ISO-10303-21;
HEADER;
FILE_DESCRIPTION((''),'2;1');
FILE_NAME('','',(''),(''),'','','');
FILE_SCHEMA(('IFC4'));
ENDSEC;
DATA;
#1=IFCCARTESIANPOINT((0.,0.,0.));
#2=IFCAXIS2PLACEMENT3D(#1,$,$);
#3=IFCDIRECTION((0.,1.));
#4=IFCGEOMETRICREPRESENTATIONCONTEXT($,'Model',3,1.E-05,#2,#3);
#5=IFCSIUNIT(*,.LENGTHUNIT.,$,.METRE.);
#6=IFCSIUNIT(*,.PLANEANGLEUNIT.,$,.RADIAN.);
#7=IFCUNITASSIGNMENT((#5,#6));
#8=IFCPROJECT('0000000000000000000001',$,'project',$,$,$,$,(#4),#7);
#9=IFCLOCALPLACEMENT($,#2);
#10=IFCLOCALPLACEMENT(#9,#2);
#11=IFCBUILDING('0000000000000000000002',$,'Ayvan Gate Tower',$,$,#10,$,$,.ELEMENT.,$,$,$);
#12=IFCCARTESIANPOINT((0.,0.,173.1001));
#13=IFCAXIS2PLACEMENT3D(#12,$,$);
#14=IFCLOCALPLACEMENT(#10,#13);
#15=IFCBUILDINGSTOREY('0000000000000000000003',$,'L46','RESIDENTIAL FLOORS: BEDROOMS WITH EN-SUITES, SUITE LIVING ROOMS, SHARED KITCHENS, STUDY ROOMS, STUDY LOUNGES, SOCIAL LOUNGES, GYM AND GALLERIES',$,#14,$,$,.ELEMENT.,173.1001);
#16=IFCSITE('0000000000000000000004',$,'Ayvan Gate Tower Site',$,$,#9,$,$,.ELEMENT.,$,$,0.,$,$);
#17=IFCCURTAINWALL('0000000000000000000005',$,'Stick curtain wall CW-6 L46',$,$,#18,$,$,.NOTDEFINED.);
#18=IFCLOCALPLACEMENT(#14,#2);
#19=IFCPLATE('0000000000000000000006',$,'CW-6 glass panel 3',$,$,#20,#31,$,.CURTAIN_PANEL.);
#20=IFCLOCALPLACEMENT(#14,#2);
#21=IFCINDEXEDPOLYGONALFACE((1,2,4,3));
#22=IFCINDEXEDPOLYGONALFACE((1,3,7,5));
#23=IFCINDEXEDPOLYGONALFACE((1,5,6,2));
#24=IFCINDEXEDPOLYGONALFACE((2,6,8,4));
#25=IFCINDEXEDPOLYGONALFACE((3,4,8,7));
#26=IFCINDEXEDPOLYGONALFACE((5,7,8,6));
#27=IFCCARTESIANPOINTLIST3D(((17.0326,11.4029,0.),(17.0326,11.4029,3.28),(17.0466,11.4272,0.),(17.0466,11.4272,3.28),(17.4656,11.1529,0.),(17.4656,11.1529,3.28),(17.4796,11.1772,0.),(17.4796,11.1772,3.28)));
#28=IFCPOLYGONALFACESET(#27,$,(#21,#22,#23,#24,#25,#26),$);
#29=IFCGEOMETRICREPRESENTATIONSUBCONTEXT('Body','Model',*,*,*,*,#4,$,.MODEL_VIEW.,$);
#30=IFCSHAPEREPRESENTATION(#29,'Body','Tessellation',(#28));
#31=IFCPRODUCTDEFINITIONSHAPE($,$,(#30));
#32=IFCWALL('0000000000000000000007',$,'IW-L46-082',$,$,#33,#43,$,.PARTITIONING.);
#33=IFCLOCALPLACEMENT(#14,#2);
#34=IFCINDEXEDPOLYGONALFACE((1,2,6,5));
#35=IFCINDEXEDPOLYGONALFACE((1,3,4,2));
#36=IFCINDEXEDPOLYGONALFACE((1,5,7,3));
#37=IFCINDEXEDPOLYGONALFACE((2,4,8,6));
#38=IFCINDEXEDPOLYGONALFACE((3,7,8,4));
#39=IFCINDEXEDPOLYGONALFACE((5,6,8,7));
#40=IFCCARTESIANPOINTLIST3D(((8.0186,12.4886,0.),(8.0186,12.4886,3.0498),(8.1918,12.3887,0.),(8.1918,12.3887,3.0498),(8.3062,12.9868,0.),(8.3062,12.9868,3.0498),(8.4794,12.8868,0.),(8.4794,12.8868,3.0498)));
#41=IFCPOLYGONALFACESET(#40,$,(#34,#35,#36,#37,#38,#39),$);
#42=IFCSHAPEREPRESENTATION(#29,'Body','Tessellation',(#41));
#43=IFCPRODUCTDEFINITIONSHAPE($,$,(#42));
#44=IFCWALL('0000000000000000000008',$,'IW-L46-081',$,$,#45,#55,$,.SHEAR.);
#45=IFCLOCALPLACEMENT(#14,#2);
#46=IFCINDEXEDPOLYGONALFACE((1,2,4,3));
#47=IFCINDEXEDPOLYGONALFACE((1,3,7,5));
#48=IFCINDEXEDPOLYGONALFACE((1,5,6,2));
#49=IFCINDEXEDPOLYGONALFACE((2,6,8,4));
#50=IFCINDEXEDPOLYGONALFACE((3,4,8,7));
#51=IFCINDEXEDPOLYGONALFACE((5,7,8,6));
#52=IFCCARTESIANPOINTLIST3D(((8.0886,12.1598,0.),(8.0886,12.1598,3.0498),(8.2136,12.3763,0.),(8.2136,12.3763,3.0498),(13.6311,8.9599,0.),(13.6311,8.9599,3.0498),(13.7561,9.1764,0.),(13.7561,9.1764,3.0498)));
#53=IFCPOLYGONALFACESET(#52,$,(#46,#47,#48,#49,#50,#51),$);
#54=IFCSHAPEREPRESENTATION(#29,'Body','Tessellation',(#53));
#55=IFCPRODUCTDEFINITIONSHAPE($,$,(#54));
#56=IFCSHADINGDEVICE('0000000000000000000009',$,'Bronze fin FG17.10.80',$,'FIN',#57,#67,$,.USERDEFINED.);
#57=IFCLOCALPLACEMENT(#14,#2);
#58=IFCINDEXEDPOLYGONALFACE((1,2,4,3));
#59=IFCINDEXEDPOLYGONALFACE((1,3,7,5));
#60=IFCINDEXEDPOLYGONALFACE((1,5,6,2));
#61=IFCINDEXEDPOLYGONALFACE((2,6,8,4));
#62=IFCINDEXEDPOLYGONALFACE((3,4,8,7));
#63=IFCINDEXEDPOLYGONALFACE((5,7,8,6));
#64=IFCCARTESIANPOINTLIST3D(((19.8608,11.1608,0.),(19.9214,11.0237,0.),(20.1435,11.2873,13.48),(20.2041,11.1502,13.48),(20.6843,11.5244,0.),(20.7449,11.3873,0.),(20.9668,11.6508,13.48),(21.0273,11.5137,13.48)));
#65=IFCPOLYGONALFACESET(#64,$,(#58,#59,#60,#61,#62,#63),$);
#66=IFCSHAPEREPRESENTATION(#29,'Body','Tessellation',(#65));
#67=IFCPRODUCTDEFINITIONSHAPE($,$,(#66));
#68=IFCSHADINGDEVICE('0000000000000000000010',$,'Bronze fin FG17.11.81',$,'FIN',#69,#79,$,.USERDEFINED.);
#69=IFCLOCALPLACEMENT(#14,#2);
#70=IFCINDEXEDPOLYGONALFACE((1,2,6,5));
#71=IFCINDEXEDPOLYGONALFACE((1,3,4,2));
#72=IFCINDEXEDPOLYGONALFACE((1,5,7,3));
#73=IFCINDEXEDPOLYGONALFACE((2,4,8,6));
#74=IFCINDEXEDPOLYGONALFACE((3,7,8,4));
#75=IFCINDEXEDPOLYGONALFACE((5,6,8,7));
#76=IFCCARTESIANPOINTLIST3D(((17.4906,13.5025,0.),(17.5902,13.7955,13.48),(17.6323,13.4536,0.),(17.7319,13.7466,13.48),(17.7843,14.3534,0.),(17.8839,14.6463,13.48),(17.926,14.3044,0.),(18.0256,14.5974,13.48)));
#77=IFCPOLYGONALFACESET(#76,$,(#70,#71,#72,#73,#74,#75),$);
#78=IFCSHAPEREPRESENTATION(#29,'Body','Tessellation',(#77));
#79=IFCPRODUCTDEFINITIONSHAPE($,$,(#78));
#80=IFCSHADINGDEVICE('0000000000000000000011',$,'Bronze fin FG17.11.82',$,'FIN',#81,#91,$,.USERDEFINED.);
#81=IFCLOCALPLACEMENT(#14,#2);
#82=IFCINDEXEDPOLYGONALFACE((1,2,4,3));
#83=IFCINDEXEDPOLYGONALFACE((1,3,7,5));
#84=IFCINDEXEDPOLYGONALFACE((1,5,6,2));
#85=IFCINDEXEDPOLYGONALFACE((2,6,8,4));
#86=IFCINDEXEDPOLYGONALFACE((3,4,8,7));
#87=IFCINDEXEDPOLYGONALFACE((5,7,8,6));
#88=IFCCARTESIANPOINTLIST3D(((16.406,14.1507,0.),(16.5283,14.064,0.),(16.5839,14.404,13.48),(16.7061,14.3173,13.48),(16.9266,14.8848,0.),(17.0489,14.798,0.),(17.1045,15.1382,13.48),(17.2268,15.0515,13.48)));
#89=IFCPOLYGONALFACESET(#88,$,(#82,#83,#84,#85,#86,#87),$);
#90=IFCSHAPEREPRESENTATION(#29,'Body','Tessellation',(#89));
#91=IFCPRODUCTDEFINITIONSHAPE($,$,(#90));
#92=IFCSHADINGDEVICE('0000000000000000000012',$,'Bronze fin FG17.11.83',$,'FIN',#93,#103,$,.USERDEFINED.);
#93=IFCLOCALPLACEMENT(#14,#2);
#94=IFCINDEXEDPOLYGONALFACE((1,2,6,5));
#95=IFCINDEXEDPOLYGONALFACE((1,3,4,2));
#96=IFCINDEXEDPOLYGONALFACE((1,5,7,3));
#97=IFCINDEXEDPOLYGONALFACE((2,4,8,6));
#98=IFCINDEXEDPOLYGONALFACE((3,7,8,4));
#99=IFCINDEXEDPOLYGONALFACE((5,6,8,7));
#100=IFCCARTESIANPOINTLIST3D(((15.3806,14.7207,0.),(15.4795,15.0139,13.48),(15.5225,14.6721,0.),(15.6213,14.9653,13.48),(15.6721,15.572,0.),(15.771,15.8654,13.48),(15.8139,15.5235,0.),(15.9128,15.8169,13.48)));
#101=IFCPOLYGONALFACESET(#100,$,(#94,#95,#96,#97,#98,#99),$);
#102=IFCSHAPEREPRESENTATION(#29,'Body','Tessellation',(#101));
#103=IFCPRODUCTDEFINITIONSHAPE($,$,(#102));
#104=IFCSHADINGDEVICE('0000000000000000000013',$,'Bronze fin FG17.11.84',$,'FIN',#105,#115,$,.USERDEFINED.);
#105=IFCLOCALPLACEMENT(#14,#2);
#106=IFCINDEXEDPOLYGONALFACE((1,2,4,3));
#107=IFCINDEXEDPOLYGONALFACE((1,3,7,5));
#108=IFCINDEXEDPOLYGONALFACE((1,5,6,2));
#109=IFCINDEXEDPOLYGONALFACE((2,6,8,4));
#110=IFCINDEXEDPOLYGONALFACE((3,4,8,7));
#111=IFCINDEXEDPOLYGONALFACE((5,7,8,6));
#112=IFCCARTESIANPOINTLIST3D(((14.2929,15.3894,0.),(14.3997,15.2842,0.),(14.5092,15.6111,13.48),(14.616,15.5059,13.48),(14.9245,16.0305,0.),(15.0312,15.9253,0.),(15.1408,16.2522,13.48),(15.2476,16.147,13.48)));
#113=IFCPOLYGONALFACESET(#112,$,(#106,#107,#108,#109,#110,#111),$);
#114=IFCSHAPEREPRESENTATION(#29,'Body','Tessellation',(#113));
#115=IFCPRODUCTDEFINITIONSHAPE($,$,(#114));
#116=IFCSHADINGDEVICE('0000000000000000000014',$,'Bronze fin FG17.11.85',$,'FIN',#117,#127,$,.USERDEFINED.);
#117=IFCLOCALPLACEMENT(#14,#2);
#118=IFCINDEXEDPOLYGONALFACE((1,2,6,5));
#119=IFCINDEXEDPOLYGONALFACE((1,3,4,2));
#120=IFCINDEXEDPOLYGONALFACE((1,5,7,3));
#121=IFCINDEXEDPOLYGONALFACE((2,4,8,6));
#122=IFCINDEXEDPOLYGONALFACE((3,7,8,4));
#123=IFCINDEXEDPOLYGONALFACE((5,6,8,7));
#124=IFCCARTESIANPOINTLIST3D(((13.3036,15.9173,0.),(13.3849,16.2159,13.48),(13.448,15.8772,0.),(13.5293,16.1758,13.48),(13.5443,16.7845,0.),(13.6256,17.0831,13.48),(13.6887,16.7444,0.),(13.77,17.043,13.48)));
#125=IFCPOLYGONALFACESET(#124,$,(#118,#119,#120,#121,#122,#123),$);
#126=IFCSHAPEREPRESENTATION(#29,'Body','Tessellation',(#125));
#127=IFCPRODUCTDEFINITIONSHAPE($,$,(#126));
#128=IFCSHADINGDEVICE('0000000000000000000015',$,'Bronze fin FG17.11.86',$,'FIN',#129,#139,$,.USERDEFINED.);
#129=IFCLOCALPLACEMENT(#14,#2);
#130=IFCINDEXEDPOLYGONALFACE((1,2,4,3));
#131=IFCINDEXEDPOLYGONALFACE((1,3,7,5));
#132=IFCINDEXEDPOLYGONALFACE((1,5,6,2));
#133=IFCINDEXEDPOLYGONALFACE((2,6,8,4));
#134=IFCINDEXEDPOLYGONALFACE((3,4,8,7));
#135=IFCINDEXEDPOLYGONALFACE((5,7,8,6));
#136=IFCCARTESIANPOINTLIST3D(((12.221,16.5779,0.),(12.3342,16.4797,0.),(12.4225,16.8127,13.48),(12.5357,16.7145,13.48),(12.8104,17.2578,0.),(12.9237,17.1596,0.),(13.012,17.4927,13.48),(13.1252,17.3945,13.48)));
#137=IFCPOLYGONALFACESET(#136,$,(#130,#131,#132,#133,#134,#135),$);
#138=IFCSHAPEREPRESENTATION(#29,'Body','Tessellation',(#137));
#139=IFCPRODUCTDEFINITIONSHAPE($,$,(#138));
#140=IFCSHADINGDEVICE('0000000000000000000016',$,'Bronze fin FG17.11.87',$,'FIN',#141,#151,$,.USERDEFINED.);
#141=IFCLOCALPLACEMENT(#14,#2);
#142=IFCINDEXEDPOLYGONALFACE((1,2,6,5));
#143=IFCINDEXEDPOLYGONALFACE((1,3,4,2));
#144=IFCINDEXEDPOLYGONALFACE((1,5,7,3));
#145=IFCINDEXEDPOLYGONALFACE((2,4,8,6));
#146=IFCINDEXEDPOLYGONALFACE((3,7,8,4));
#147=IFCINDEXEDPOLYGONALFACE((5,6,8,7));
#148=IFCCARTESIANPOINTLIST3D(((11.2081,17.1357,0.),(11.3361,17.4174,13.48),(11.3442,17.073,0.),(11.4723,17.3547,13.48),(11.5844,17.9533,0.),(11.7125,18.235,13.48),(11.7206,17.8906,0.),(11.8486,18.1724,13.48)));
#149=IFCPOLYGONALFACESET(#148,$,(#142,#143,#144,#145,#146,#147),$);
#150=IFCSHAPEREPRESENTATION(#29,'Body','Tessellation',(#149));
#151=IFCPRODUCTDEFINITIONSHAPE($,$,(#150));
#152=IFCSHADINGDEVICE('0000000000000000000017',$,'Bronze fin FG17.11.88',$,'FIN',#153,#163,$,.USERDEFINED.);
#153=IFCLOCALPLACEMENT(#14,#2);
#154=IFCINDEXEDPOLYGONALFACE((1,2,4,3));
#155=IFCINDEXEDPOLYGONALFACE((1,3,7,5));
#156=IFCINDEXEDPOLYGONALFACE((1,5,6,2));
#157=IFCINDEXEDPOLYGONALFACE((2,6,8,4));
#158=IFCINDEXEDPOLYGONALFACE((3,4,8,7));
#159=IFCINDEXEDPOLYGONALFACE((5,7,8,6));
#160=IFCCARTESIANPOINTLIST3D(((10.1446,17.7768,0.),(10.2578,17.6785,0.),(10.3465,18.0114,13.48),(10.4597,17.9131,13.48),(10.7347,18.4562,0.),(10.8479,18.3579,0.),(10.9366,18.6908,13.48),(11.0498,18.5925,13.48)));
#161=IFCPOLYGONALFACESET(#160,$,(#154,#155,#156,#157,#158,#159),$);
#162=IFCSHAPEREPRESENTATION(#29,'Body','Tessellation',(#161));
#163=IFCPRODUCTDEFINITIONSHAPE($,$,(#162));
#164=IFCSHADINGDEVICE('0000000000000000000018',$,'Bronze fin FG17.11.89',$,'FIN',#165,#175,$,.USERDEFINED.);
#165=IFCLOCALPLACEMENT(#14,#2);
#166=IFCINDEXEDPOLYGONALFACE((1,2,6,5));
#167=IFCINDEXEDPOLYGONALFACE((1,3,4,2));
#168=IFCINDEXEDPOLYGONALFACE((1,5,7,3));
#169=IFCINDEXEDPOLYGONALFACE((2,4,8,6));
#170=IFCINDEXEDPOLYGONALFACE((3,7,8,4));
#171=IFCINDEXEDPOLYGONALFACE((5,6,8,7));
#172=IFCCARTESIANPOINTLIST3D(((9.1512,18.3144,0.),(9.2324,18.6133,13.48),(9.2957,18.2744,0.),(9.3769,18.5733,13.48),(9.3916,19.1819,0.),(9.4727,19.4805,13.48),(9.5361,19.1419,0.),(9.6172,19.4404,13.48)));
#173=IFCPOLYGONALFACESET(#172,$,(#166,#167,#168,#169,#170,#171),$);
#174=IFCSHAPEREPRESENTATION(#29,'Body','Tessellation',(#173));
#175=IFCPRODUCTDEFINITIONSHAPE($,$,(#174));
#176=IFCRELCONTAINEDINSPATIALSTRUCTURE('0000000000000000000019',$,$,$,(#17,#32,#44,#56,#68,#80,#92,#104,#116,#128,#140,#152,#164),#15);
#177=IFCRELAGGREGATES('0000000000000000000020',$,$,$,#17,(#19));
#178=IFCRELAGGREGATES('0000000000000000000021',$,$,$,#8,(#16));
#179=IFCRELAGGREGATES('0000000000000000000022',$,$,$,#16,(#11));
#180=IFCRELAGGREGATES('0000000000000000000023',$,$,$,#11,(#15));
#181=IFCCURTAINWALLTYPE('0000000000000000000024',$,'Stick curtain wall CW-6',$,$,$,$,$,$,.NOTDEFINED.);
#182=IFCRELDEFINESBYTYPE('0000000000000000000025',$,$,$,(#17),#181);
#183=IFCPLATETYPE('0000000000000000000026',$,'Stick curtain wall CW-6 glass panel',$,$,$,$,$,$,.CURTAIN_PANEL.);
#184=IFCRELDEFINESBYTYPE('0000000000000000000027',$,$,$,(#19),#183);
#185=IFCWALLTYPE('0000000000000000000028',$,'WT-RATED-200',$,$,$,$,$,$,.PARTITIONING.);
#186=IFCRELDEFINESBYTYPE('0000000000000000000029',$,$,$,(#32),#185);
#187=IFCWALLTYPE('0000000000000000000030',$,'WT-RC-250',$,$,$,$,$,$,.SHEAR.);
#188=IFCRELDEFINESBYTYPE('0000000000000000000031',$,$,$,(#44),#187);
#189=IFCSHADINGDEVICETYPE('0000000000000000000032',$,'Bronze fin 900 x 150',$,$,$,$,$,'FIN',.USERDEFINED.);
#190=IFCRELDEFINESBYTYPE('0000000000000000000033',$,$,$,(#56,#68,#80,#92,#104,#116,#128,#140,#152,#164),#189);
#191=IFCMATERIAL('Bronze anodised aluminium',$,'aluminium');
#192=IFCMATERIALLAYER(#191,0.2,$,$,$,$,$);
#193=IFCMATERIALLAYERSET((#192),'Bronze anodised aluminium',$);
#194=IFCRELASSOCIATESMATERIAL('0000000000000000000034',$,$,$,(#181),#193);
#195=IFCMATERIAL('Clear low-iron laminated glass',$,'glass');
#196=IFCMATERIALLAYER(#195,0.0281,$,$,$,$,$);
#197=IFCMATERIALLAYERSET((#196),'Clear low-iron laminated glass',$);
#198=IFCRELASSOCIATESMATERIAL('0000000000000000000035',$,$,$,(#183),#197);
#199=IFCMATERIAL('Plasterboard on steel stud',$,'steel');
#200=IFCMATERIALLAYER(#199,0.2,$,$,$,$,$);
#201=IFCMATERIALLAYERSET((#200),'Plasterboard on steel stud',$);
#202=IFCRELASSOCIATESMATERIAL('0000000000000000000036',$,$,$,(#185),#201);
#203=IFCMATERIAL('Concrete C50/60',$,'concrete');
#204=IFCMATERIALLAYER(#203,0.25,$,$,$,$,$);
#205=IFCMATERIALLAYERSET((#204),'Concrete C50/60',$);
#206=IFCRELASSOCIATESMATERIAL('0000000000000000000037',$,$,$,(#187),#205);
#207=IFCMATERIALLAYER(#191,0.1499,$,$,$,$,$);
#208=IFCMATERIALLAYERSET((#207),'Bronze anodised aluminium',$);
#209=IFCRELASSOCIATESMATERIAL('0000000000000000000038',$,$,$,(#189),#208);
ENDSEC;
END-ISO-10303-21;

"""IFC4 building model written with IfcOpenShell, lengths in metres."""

from ifc_helpers import new_model, si_unit, direction, frame, frame_2d, origin, origin_2d, place, context, subcontext, project, spatial, polyline, rectangle, outline, extrude, material, layer, layer_set, type_object, element, aggregate, save


model = new_model("IFC4")

# Units and contexts
model_context = context("Model", 3, precision=1e-05, world=origin(), true_north=direction((0.0, 1.0)))
body_context = subcontext(model_context, "Body", "Model", "MODEL_VIEW")
ifc_project = project(units=[si_unit("LENGTHUNIT", "METRE"), si_unit("PLANEANGLEUNIT", "RADIAN")], contexts=[model_context])

# Site, building, storey
site_placement = place(None, origin())
site = spatial("IfcSite", under=ifc_project, at=site_placement, Name="Ayvan Gate Tower Site", CompositionType="ELEMENT", RefElevation=0.0)
building_placement = place(site_placement, origin())
building = spatial("IfcBuilding", under=site, at=building_placement, Name="Ayvan Gate Tower", CompositionType="ELEMENT")
storey_placement = place(building_placement, frame((0.0, 0.0, 173.1001)))
storey = spatial("IfcBuildingStorey", under=building, at=storey_placement, Name="L46", Description="RESIDENTIAL FLOORS: BEDROOMS WITH EN-SUITES, SUITE LIVING ROOMS, SHARED KITCHENS, STUDY ROOMS, STUDY LOUNGES, SOCIAL LOUNGES, GYM AND GALLERIES", CompositionType="ELEMENT", Elevation=173.1001)

# Curtain wall
ifc_material_1 = material(Name="Bronze anodised aluminium", Category="aluminium")
ifc_layer_1 = layer(ifc_material_1, 0.2)
ifc_layer_set_1 = layer_set([ifc_layer_1], Name="Bronze anodised aluminium")
curtain_wall_type_1 = type_object("IfcCurtainWallType", Name="Stick curtain wall CW-6", PredefinedType="NOTDEFINED", material=ifc_layer_set_1)
curtain_wall_1_placement = place(storey_placement, origin())
curtain_wall_1 = element("IfcCurtainWall", 1, at=curtain_wall_1_placement, inside=storey, type_object=curtain_wall_type_1, Name="Stick curtain wall CW-6 L46", PredefinedType="NOTDEFINED")

# Plate
ifc_material_2 = material(Name="Clear low-iron laminated glass", Category="glass")
ifc_layer_2 = layer(ifc_material_2, 0.0281)
ifc_layer_set_2 = layer_set([ifc_layer_2], Name="Clear low-iron laminated glass")
plate_type_1 = type_object("IfcPlateType", Name="Stick curtain wall CW-6 glass panel", PredefinedType="CURTAIN_PANEL", material=ifc_layer_set_2)
plate_1_placement = place(storey_placement, frame((17.2561, 11.29, 0.0), z_axis=(0.0, 0.0, 1.0), x_axis=(-0.866025, 0.5, 0.0)))
plate_1 = element("IfcPlate", 2, at=plate_1_placement, type_object=plate_type_1, Name="CW-6 glass panel 3", PredefinedType="CURTAIN_PANEL", context=body_context, shape_type="SweptSolid", body=[
    extrude(rectangle(XDim=0.5, YDim=0.0281, at=origin_2d()), origin(), (0.0, 0.0, 1.0), 3.28),
])
aggregate(curtain_wall_1, [plate_1])

# Walls
ifc_material_3 = material(Name="Plasterboard on steel stud", Category="steel")
ifc_layer_3 = layer(ifc_material_3, 0.2)
ifc_layer_set_3 = layer_set([ifc_layer_3], Name="Plasterboard on steel stud")
wall_type_1 = type_object("IfcWallType", Name="WT-RATED-200", PredefinedType="PARTITIONING", material=ifc_layer_set_3)
wall_1_placement = place(storey_placement, frame((8.3928, 12.9368, 0.0), z_axis=(0.0, 0.0, 1.0), x_axis=(-0.500065, -0.865988, 0.0)))
element("IfcWall", 3, at=wall_1_placement, inside=storey, type_object=wall_type_1, Name="IW-L46-082", PredefinedType="PARTITIONING", context=body_context, shape_type="SweptSolid", body=[
    extrude(rectangle(XDim=0.5752, YDim=0.2, at=frame_2d((0.2876, 0.0))), origin(), (0.0, 0.0, 1.0), 3.0498),
])
ifc_material_4 = material(Name="Concrete C50/60", Category="concrete")
ifc_layer_4 = layer(ifc_material_4, 0.25)
ifc_layer_set_4 = layer_set([ifc_layer_4], Name="Concrete C50/60")
wall_type_2 = type_object("IfcWallType", Name="WT-RC-250", PredefinedType="SHEAR", material=ifc_layer_set_4)
wall_2_placement = place(storey_placement, frame((8.1511, 12.2681, 0.0), z_axis=(0.0, 0.0, 1.0), x_axis=(0.866025, -0.5, 0.0)))
element("IfcWall", 4, at=wall_2_placement, inside=storey, type_object=wall_type_2, Name="IW-L46-081", PredefinedType="SHEAR", context=body_context, shape_type="SweptSolid", body=[
    extrude(rectangle(XDim=6.3999, YDim=0.25, at=frame_2d((3.2, 0.0))), origin(), (0.0, 0.0, 1.0), 3.0498),
])

# Shading devices
ifc_layer_5 = layer(ifc_material_1, 0.1499)
ifc_layer_set_5 = layer_set([ifc_layer_5], Name="Bronze anodised aluminium")
shading_device_type = type_object("IfcShadingDeviceType", Name="Bronze fin 900 x 150", ElementType="FIN", PredefinedType="USERDEFINED", material=ifc_layer_set_5)
shading_device_1_placement = place(storey_placement, frame((19.9214, 11.0237, 0.0), z_axis=(0.403897, -0.914804, 0.000115), x_axis=(0.914804, 0.403897, 0.0)))
element("IfcShadingDevice", 5, at=shading_device_1_placement, inside=storey, type_object=shading_device_type, Name="Bronze fin FG17.10.80", ObjectType="FIN", PredefinedType="USERDEFINED", context=body_context, shape_type="SweptSolid", body=[
    extrude(outline(polyline([(0.0, 0.0), (0.9002, 0.0), (1.2096, 13.48), (0.3097, 13.48), (0.0, 0.0)])), origin(), (0.0, 0.0, -1.0), 0.1499),
])
shading_device_2_placement = place(storey_placement, frame((17.6323, 13.4536, 0.0), z_axis=(0.945266, -0.3263, 0.000107), x_axis=(0.3263, 0.945266, 0.0)))
element("IfcShadingDevice", 6, at=shading_device_2_placement, inside=storey, type_object=shading_device_type, Name="Bronze fin FG17.11.81", ObjectType="FIN", PredefinedType="USERDEFINED", context=body_context, shape_type="SweptSolid", body=[
    extrude(outline(polyline([(0.0, 0.0), (0.9001, 0.0), (1.2095, 13.48), (0.3094, 13.48), (0.0, 0.0)])), origin(), (0.0, 0.0, -1.0), 0.1499),
])
shading_device_3_placement = place(storey_placement, frame((16.5283, 14.064, 0.0), z_axis=(0.815699, -0.578476, 0.000113), x_axis=(0.578476, 0.815699, 0.0)))
element("IfcShadingDevice", 7, at=shading_device_3_placement, inside=storey, type_object=shading_device_type, Name="Bronze fin FG17.11.82", ObjectType="FIN", PredefinedType="USERDEFINED", context=body_context, shape_type="SweptSolid", body=[
    extrude(outline(polyline([(0.0, 0.0), (0.8999, 0.0), (1.2096, 13.48), (0.3095, 13.48), (0.0, 0.0)])), origin(), (0.0, 0.0, -1.0), 0.1499),
])
shading_device_4_placement = place(storey_placement, frame((15.5225, 14.6721, 0.0), z_axis=(0.946089, -0.323908, 0.000109), x_axis=(0.323908, 0.946089, 0.0)))
element("IfcShadingDevice", 8, at=shading_device_4_placement, inside=storey, type_object=shading_device_type, Name="Bronze fin FG17.11.83", ObjectType="FIN", PredefinedType="USERDEFINED", context=body_context, shape_type="SweptSolid", body=[
    extrude(outline(polyline([(0.0, 0.0), (0.8998, 0.0), (1.2095, 13.48), (0.3094, 13.48), (0.0, 0.0)])), origin(), (0.0, 0.0, -1.0), 0.1499),
])
shading_device_5_placement = place(storey_placement, frame((14.3997, 15.2842, 0.0), z_axis=(0.712377, -0.701797, 0.00011), x_axis=(0.701797, 0.712377, 0.0)))
element("IfcShadingDevice", 9, at=shading_device_5_placement, inside=storey, type_object=shading_device_type, Name="Bronze fin FG17.11.84", ObjectType="FIN", PredefinedType="USERDEFINED", context=body_context, shape_type="SweptSolid", body=[
    extrude(outline(polyline([(0.0, 0.0), (0.9, 0.0), (1.2097, 13.48), (0.3097, 13.48), (0.0, 0.0)])), origin(), (0.0, 0.0, -1.0), 0.1499),
])
shading_device_6_placement = place(storey_placement, frame((13.448, 15.8772, 0.0), z_axis=(0.963565, -0.267476, 0.000113), x_axis=(0.267476, 0.963565, 0.0)))
element("IfcShadingDevice", 10, at=shading_device_6_placement, inside=storey, type_object=shading_device_type, Name="Bronze fin FG17.11.85", ObjectType="FIN", PredefinedType="USERDEFINED", context=body_context, shape_type="SweptSolid", body=[
    extrude(outline(polyline([(0.0, 0.0), (0.9, 0.0), (1.2094, 13.48), (0.3095, 13.48), (0.0, 0.0)])), origin(), (0.0, 0.0, -1.0), 0.1499),
])
shading_device_7_placement = place(storey_placement, frame((12.3342, 16.4797, 0.0), z_axis=(0.755577, -0.65506, 0.000117), x_axis=(0.65506, 0.755577, 0.0)))
element("IfcShadingDevice", 11, at=shading_device_7_placement, inside=storey, type_object=shading_device_type, Name="Bronze fin FG17.11.86", ObjectType="FIN", PredefinedType="USERDEFINED", context=body_context, shape_type="SweptSolid", body=[
    extrude(outline(polyline([(0.0, 0.0), (0.8998, 0.0), (1.2094, 13.48), (0.3094, 13.48), (0.0, 0.0)])), origin(), (0.0, 0.0, -1.0), 0.1499),
])
shading_device_8_placement = place(storey_placement, frame((11.3442, 17.073, 0.0), z_axis=(0.908392, -0.418121, 0.00011), x_axis=(0.418121, 0.908392, 0.0)))
element("IfcShadingDevice", 12, at=shading_device_8_placement, inside=storey, type_object=shading_device_type, Name="Bronze fin FG17.11.87", ObjectType="FIN", PredefinedType="USERDEFINED", context=body_context, shape_type="SweptSolid", body=[
    extrude(outline(polyline([(0.0, 0.0), (0.9, 0.0), (1.2096, 13.48), (0.3094, 13.48), (0.0, 0.0)])), origin(), (0.0, 0.0, -1.0), 0.1499),
])
shading_device_9_placement = place(storey_placement, frame((10.2578, 17.6785, 0.0), z_axis=(0.755008, -0.655715, 0.000104), x_axis=(0.655715, 0.755008, 0.0)))
element("IfcShadingDevice", 13, at=shading_device_9_placement, inside=storey, type_object=shading_device_type, Name="Bronze fin FG17.11.88", ObjectType="FIN", PredefinedType="USERDEFINED", context=body_context, shape_type="SweptSolid", body=[
    extrude(outline(polyline([(0.0, 0.0), (0.8999, 0.0), (1.2094, 13.48), (0.3095, 13.48), (0.0, 0.0)])), origin(), (0.0, 0.0, -1.0), 0.1499),
])
shading_device_10_placement = place(storey_placement, frame((9.2957, 18.2744, 0.0), z_axis=(0.963679, -0.267063, 0.000115), x_axis=(0.267063, 0.963679, 0.0)))
element("IfcShadingDevice", 14, at=shading_device_10_placement, inside=storey, type_object=shading_device_type, Name="Bronze fin FG17.11.89", ObjectType="FIN", PredefinedType="USERDEFINED", context=body_context, shape_type="SweptSolid", body=[
    extrude(outline(polyline([(0.0, 0.0), (0.9001, 0.0), (1.2095, 13.48), (0.3097, 13.48), (0.0, 0.0)])), origin(), (0.0, 0.0, -1.0), 0.1499),
])

save(model, "model.ifc")
